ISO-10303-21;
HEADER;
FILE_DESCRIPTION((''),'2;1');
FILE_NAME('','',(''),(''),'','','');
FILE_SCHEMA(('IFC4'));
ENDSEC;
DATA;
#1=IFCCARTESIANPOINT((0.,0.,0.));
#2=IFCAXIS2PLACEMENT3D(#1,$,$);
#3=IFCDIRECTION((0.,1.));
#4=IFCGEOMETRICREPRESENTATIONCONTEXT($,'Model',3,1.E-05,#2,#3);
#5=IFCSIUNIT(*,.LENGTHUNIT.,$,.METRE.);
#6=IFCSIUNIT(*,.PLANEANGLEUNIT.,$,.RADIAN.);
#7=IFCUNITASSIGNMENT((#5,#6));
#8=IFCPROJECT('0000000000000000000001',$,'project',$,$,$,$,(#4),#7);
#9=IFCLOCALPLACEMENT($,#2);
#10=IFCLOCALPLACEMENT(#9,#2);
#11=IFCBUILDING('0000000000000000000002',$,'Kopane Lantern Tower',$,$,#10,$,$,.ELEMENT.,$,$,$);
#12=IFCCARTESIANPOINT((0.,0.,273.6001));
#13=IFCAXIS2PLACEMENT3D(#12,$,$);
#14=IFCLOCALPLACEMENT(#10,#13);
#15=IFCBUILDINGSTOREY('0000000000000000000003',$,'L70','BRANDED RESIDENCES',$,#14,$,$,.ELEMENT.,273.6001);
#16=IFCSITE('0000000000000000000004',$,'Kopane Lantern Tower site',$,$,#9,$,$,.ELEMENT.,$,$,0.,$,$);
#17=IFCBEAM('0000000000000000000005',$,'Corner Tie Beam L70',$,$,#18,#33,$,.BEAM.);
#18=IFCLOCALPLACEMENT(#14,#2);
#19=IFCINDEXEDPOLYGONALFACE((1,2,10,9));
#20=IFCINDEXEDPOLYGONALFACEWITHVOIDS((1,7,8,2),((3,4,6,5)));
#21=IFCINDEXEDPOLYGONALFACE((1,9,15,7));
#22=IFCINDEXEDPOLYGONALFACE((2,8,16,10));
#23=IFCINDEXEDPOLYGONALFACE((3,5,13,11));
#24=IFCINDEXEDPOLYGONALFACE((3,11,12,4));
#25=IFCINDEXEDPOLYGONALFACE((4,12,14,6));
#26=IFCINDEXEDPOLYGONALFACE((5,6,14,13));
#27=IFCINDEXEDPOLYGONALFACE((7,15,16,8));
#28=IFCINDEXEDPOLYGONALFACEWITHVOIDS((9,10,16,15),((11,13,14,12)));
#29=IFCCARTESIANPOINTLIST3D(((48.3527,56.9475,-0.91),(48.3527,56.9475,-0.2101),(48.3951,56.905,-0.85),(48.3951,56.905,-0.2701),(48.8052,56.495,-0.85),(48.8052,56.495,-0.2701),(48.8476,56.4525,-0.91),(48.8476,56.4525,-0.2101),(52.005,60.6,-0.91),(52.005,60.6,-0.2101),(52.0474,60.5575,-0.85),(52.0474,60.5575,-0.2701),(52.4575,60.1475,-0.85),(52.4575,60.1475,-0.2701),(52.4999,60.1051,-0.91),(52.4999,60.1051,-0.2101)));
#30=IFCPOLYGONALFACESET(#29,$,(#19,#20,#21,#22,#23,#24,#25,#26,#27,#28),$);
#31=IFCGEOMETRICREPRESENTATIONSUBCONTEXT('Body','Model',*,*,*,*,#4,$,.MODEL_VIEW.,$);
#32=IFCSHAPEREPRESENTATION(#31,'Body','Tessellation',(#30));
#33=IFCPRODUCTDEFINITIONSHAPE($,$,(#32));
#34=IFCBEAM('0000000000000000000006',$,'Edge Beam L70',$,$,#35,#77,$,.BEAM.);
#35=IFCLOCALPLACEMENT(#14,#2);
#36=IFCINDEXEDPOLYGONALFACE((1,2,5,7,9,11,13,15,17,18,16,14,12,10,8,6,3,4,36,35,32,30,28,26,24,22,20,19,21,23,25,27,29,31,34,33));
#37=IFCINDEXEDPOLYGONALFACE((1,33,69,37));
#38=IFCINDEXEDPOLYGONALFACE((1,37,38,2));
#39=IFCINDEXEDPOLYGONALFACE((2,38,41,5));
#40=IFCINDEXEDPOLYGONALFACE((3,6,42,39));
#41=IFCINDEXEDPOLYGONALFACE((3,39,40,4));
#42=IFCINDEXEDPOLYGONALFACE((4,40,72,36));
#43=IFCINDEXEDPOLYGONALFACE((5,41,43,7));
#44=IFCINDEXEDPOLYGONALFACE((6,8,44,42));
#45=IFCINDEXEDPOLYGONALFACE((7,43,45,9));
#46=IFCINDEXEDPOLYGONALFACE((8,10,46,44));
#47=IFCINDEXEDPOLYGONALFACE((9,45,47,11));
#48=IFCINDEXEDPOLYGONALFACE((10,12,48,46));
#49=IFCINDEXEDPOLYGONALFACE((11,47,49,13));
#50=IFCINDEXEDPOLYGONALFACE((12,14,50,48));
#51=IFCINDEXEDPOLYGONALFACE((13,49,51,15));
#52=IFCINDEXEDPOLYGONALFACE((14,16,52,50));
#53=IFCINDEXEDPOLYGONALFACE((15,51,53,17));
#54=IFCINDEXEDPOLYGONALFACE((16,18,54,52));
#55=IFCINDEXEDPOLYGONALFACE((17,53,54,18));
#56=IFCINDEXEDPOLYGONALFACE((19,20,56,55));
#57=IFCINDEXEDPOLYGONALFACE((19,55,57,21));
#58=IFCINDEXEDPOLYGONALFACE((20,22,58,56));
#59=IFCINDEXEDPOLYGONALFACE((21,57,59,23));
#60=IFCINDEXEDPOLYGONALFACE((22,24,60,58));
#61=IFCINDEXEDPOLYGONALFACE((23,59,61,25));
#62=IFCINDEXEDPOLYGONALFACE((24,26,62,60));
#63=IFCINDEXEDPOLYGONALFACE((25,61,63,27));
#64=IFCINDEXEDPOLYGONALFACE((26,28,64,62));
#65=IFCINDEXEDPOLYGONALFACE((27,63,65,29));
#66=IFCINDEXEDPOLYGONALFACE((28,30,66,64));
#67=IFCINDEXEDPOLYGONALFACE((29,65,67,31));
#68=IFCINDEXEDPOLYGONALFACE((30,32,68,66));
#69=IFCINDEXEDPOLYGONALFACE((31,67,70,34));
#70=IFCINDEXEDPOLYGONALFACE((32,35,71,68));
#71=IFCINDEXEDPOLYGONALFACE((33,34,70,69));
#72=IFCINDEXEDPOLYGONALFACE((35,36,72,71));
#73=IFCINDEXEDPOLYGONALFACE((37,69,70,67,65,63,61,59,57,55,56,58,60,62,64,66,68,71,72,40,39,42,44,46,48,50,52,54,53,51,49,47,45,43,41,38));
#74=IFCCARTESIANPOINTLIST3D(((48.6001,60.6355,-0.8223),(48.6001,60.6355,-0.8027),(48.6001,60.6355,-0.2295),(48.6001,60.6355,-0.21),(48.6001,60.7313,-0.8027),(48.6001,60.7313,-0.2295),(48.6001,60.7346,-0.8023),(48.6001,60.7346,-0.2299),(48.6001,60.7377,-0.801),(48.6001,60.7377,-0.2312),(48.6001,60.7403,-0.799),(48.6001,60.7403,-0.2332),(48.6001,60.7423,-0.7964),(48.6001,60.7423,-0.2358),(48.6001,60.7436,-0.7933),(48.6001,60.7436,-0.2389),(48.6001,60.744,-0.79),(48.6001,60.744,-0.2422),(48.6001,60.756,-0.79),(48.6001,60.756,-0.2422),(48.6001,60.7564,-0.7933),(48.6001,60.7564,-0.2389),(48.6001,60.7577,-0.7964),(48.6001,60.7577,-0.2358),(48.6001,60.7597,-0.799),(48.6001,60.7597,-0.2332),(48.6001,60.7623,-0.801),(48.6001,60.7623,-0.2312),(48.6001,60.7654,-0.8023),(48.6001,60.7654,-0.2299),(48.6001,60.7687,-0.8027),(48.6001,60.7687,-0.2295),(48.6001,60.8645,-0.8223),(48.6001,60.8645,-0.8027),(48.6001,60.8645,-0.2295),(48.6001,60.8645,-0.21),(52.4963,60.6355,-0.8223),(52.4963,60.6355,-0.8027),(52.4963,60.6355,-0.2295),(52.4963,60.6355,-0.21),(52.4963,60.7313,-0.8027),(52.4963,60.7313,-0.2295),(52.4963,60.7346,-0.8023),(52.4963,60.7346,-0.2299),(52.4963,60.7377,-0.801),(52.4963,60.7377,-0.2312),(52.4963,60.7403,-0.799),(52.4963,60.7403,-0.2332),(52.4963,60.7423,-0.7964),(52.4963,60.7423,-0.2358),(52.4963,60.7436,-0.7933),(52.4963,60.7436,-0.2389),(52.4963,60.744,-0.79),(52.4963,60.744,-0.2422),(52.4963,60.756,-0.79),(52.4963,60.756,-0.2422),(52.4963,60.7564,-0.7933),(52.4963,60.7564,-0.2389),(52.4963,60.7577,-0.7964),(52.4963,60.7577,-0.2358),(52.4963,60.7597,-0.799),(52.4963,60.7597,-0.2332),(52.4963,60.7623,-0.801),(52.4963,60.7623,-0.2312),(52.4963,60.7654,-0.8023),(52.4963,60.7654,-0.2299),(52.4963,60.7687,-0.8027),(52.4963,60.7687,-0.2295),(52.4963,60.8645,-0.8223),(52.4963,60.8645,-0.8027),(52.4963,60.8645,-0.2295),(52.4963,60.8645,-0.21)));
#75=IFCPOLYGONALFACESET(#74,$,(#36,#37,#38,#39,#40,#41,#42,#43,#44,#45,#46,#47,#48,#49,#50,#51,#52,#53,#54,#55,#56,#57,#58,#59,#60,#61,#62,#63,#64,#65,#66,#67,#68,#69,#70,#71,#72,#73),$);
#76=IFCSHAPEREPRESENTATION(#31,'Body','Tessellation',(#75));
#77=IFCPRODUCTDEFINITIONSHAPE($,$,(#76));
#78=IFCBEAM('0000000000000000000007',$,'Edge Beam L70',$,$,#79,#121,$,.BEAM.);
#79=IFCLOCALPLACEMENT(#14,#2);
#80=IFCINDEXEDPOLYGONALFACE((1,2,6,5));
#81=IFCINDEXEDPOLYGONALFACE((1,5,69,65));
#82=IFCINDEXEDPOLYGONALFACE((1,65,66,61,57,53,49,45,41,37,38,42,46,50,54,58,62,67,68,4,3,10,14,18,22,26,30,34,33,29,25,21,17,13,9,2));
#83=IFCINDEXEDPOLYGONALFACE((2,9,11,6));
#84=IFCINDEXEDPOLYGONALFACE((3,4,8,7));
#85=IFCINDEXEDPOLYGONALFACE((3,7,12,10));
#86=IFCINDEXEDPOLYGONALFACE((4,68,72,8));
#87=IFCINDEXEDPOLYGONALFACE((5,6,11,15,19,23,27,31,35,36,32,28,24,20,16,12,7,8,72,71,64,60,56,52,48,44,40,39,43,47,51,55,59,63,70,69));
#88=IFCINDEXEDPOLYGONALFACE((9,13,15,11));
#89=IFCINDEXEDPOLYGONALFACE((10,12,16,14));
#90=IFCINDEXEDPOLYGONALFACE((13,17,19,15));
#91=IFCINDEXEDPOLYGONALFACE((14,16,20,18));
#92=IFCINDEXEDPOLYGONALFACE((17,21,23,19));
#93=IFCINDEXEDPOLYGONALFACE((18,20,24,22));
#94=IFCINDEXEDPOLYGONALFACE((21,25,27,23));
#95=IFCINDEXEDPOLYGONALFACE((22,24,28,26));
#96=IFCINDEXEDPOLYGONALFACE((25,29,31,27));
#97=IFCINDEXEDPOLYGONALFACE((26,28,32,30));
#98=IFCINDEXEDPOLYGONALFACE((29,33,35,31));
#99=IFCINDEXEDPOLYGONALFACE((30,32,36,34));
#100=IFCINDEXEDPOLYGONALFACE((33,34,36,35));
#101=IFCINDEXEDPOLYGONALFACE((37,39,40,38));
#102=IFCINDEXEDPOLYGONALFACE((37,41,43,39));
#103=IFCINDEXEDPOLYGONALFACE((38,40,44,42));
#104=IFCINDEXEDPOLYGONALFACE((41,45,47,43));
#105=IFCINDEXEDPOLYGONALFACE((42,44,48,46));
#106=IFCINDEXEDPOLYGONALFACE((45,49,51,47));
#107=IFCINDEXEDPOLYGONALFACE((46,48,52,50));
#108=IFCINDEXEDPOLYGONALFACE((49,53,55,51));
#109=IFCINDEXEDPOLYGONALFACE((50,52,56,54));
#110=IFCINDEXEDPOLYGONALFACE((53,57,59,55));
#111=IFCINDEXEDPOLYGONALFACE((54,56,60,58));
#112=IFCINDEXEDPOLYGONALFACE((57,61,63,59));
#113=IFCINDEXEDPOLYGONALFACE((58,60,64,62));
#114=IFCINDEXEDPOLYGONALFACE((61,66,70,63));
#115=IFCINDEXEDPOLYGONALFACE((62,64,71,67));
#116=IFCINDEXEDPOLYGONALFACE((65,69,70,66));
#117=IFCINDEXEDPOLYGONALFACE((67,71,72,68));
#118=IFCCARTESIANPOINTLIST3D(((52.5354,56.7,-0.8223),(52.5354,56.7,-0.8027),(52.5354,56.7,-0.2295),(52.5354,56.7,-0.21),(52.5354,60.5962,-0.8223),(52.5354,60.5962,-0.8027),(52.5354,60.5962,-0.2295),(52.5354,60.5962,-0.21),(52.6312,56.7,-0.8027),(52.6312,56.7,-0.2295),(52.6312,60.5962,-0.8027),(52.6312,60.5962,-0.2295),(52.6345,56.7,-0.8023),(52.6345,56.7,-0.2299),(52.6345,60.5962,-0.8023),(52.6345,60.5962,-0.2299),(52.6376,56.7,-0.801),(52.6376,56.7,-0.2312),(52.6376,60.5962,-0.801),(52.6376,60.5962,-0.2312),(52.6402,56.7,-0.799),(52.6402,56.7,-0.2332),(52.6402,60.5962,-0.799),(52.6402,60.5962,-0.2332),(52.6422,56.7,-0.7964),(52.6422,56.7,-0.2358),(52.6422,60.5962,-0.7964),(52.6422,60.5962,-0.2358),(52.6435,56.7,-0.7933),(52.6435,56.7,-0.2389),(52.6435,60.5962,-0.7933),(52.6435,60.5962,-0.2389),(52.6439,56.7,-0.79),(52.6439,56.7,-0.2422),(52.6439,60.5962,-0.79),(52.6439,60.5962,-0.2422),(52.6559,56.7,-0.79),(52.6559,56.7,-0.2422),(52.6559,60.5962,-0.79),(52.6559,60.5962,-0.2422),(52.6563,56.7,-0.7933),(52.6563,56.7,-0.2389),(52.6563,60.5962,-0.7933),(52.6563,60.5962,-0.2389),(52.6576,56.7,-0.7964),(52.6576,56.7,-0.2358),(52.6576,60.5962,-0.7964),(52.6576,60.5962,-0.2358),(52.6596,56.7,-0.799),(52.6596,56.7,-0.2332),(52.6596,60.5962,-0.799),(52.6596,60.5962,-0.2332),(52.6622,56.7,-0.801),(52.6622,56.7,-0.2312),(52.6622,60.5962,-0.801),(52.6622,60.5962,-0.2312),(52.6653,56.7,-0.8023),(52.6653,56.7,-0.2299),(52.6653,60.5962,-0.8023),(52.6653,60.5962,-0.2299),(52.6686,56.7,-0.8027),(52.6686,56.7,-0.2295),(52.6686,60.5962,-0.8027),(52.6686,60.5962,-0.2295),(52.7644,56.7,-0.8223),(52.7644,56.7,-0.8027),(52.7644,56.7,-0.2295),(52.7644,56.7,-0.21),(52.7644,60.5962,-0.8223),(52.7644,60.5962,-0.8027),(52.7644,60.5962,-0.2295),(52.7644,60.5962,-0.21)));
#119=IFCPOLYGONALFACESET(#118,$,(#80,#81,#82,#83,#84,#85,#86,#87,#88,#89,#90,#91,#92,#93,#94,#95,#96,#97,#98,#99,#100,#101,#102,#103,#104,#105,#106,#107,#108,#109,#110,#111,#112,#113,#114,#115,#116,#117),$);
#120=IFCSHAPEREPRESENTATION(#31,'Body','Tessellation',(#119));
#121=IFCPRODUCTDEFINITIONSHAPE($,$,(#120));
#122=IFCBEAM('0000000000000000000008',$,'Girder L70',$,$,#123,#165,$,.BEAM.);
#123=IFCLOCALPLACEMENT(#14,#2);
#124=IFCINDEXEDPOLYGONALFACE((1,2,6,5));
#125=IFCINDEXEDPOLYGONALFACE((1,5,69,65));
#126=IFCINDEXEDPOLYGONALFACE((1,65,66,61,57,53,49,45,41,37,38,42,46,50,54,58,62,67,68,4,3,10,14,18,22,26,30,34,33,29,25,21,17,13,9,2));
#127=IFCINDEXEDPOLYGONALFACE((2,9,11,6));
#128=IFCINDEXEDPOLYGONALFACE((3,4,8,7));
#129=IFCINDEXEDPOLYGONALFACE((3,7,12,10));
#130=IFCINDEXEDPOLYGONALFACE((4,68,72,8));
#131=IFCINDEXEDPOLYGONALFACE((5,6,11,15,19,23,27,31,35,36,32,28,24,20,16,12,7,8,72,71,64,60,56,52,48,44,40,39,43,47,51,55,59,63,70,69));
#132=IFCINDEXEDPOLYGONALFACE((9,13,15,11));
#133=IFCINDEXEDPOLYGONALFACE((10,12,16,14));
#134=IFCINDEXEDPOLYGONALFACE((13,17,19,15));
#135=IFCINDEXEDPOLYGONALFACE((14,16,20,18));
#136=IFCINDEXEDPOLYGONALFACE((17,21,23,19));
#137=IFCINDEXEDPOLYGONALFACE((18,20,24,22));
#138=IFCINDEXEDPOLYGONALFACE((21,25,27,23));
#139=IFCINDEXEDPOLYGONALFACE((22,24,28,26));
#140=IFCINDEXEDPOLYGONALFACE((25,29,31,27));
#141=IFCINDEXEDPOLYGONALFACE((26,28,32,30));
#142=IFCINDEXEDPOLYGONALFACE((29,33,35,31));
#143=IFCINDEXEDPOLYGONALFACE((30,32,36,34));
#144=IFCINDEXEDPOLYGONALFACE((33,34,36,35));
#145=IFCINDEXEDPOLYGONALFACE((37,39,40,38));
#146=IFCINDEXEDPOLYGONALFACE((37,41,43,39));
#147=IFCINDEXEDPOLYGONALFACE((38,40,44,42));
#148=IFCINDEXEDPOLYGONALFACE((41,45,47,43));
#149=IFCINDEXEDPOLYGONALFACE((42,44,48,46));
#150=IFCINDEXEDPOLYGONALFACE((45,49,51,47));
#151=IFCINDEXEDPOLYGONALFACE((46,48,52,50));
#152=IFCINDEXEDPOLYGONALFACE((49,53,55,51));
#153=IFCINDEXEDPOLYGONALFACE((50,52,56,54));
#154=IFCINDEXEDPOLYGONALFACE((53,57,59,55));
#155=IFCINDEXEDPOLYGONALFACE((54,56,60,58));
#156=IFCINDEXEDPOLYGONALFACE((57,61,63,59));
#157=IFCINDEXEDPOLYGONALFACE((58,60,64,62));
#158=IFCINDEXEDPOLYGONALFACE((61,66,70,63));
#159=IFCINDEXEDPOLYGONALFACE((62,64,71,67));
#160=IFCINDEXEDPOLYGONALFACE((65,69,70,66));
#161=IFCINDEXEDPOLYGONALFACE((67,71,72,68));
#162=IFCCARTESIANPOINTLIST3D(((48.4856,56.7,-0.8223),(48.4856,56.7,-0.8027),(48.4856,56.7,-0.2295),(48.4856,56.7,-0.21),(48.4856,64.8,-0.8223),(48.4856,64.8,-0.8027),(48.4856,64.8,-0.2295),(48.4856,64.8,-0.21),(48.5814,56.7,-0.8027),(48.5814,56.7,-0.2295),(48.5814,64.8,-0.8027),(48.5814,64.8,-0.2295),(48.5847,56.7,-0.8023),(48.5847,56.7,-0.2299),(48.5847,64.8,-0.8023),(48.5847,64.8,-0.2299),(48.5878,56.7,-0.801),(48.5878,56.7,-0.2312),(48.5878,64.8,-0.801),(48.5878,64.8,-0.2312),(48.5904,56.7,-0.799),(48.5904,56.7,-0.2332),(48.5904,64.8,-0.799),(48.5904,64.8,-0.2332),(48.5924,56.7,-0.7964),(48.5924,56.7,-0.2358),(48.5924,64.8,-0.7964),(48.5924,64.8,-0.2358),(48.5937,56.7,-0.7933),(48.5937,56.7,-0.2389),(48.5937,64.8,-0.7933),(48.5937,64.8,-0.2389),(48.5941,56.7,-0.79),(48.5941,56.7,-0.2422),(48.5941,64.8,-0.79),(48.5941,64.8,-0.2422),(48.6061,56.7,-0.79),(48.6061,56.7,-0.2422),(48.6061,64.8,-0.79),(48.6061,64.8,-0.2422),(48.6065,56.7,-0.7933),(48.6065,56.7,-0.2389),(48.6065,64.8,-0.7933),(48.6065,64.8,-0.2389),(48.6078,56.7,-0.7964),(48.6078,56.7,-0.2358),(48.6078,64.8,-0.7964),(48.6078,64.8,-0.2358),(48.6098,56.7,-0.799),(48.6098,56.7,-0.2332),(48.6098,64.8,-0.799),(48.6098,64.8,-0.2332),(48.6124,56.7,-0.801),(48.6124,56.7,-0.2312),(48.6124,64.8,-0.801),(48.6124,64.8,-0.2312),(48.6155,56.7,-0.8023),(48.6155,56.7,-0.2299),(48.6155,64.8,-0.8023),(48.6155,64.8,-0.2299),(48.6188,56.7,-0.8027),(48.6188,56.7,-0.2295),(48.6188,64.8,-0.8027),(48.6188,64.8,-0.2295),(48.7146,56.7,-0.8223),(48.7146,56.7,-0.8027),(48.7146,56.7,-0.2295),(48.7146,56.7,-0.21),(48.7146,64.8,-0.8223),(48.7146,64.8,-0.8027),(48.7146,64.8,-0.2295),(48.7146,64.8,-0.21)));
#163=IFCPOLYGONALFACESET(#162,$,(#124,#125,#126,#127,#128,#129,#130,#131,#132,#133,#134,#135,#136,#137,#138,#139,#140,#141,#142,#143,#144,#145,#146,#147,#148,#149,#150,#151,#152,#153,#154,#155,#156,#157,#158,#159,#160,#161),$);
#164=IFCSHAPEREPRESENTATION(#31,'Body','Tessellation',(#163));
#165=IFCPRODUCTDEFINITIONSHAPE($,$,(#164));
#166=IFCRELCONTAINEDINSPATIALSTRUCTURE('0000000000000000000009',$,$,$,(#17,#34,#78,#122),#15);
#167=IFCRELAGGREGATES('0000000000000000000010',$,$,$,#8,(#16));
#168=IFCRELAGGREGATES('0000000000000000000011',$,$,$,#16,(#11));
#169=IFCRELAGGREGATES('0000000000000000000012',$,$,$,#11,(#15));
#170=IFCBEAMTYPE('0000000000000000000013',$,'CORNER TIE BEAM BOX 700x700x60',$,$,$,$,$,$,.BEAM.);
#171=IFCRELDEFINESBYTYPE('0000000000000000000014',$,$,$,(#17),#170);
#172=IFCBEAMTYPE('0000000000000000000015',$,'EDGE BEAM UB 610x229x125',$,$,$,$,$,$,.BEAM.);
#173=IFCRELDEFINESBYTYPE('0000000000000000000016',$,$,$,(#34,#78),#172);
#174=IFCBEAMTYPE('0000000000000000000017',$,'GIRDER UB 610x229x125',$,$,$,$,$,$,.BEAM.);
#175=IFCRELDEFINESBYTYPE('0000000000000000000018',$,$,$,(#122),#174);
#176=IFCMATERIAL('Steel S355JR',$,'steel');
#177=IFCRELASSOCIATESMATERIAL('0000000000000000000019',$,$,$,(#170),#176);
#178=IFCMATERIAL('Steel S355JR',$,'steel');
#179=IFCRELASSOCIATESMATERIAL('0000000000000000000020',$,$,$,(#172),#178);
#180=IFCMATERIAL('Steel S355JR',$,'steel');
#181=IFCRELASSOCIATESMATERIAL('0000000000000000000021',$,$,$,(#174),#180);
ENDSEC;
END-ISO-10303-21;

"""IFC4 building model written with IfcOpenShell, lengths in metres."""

from ifc_helpers import new_model, si_unit, direction, frame, origin, origin_2d, place, context, subcontext, project, spatial, hollow_rectangle, i_section, extrude, material, material_profile, profile_set, type_object, element, save


model = new_model("IFC4")

# Units and contexts
model_context = context("Model", 3, precision=1e-05, world=origin(), true_north=direction((0.0, 1.0)))
body_context = subcontext(model_context, "Body", "Model", "MODEL_VIEW")
ifc_project = project(units=[si_unit("LENGTHUNIT", "METRE"), si_unit("PLANEANGLEUNIT", "RADIAN")], contexts=[model_context])

# Site, building, storey
site_placement = place(None, origin())
site = spatial("IfcSite", under=ifc_project, at=site_placement, Name="Kopane Lantern Tower site", CompositionType="ELEMENT", RefElevation=0.0)
building_placement = place(site_placement, origin())
building = spatial("IfcBuilding", under=site, at=building_placement, Name="Kopane Lantern Tower", CompositionType="ELEMENT")
storey_placement = place(building_placement, frame((0.0, 0.0, 273.6001)))
storey = spatial("IfcBuildingStorey", under=building, at=storey_placement, Name="L70", Description="BRANDED RESIDENCES", CompositionType="ELEMENT", Elevation=273.6001)

# Beams
ifc_material_1 = material(Name="Steel S355JR", Category="steel")
ifc_material_profile_1 = material_profile(ifc_material_1, hollow_rectangle(XDim=0.7, YDim=0.7, WallThickness=0.0601, at=origin_2d()), Name="BOX 700x700x60")
ifc_profile_set_1 = profile_set([ifc_material_profile_1], Name="Steel S355JR")
beam_type_1 = type_object("IfcBeamType", Name="CORNER TIE BEAM BOX 700x700x60", PredefinedType="BEAM", material=ifc_profile_set_1)
beam_1_placement = place(storey_placement, frame((52.2524, 60.3525, -0.5601), z_axis=(-0.707083, -0.70713, 0.0), x_axis=(0.70713, -0.707083, 0.0)))
element("IfcBeam", 1, at=beam_1_placement, inside=storey, type_object=beam_type_1, Name="Corner Tie Beam L70", PredefinedType="BEAM", context=body_context, shape_type="SweptSolid", body=[
    extrude(hollow_rectangle(XDim=0.7, YDim=0.7, WallThickness=0.0601, at=origin_2d()), origin(), (0.0, 0.0, 1.0), 5.1653),
])
ifc_material_2 = material(Name="Steel S355JR", Category="steel")
ifc_material_profile_2 = material_profile(ifc_material_2, i_section(OverallWidth=0.229, OverallDepth=0.6123, WebThickness=0.012, FlangeThickness=0.0195, FilletRadius=0.0127, at=origin_2d()), Name="UB 610x229x125")
ifc_profile_set_2 = profile_set([ifc_material_profile_2], Name="Steel S355JR")
beam_type_2 = type_object("IfcBeamType", Name="EDGE BEAM UB 610x229x125", PredefinedType="BEAM", material=ifc_profile_set_2)
for number, where, z_axis, x_axis, name in (
    (2, (52.4963, 60.75, -0.5161), (-1.0, 0.0, 0.0), (0.0, -1.0, 0.0), "Edge Beam L70"),
    (3, (52.6499, 60.5962, -0.5161), (0.0, -1.0, 0.0), (1.0, 0.0, 0.0), "Edge Beam L70"),
):
    element("IfcBeam", number, at=place(storey_placement, frame(where, z_axis=z_axis, x_axis=x_axis)), inside=storey, type_object=beam_type_2, Name=name, PredefinedType="BEAM", context=body_context, shape_type="SweptSolid", body=[
        extrude(i_section(OverallWidth=0.229, OverallDepth=0.6123, WebThickness=0.012, FlangeThickness=0.0195, FilletRadius=0.0127, at=origin_2d()), origin(), (0.0, 0.0, 1.0), 3.8962),
    ])
ifc_material_3 = material(Name="Steel S355JR", Category="steel")
ifc_material_profile_3 = material_profile(ifc_material_3, i_section(OverallWidth=0.229, OverallDepth=0.6123, WebThickness=0.012, FlangeThickness=0.0195, FilletRadius=0.0127, at=origin_2d()), Name="UB 610x229x125")
ifc_profile_set_3 = profile_set([ifc_material_profile_3], Name="Steel S355JR")
beam_type_3 = type_object("IfcBeamType", Name="GIRDER UB 610x229x125", PredefinedType="BEAM", material=ifc_profile_set_3)
beam_2_placement = place(storey_placement, frame((48.6001, 56.7, -0.5161), z_axis=(0.0, 1.0, 0.0), x_axis=(-1.0, 0.0, 0.0)))
element("IfcBeam", 4, at=beam_2_placement, inside=storey, type_object=beam_type_3, Name="Girder L70", PredefinedType="BEAM", context=body_context, shape_type="SweptSolid", body=[
    extrude(i_section(OverallWidth=0.229, OverallDepth=0.6123, WebThickness=0.012, FlangeThickness=0.0195, FilletRadius=0.0127, at=origin_2d()), origin(), (0.0, 0.0, 1.0), 8.1001),
])

save(model, "model.ifc")
